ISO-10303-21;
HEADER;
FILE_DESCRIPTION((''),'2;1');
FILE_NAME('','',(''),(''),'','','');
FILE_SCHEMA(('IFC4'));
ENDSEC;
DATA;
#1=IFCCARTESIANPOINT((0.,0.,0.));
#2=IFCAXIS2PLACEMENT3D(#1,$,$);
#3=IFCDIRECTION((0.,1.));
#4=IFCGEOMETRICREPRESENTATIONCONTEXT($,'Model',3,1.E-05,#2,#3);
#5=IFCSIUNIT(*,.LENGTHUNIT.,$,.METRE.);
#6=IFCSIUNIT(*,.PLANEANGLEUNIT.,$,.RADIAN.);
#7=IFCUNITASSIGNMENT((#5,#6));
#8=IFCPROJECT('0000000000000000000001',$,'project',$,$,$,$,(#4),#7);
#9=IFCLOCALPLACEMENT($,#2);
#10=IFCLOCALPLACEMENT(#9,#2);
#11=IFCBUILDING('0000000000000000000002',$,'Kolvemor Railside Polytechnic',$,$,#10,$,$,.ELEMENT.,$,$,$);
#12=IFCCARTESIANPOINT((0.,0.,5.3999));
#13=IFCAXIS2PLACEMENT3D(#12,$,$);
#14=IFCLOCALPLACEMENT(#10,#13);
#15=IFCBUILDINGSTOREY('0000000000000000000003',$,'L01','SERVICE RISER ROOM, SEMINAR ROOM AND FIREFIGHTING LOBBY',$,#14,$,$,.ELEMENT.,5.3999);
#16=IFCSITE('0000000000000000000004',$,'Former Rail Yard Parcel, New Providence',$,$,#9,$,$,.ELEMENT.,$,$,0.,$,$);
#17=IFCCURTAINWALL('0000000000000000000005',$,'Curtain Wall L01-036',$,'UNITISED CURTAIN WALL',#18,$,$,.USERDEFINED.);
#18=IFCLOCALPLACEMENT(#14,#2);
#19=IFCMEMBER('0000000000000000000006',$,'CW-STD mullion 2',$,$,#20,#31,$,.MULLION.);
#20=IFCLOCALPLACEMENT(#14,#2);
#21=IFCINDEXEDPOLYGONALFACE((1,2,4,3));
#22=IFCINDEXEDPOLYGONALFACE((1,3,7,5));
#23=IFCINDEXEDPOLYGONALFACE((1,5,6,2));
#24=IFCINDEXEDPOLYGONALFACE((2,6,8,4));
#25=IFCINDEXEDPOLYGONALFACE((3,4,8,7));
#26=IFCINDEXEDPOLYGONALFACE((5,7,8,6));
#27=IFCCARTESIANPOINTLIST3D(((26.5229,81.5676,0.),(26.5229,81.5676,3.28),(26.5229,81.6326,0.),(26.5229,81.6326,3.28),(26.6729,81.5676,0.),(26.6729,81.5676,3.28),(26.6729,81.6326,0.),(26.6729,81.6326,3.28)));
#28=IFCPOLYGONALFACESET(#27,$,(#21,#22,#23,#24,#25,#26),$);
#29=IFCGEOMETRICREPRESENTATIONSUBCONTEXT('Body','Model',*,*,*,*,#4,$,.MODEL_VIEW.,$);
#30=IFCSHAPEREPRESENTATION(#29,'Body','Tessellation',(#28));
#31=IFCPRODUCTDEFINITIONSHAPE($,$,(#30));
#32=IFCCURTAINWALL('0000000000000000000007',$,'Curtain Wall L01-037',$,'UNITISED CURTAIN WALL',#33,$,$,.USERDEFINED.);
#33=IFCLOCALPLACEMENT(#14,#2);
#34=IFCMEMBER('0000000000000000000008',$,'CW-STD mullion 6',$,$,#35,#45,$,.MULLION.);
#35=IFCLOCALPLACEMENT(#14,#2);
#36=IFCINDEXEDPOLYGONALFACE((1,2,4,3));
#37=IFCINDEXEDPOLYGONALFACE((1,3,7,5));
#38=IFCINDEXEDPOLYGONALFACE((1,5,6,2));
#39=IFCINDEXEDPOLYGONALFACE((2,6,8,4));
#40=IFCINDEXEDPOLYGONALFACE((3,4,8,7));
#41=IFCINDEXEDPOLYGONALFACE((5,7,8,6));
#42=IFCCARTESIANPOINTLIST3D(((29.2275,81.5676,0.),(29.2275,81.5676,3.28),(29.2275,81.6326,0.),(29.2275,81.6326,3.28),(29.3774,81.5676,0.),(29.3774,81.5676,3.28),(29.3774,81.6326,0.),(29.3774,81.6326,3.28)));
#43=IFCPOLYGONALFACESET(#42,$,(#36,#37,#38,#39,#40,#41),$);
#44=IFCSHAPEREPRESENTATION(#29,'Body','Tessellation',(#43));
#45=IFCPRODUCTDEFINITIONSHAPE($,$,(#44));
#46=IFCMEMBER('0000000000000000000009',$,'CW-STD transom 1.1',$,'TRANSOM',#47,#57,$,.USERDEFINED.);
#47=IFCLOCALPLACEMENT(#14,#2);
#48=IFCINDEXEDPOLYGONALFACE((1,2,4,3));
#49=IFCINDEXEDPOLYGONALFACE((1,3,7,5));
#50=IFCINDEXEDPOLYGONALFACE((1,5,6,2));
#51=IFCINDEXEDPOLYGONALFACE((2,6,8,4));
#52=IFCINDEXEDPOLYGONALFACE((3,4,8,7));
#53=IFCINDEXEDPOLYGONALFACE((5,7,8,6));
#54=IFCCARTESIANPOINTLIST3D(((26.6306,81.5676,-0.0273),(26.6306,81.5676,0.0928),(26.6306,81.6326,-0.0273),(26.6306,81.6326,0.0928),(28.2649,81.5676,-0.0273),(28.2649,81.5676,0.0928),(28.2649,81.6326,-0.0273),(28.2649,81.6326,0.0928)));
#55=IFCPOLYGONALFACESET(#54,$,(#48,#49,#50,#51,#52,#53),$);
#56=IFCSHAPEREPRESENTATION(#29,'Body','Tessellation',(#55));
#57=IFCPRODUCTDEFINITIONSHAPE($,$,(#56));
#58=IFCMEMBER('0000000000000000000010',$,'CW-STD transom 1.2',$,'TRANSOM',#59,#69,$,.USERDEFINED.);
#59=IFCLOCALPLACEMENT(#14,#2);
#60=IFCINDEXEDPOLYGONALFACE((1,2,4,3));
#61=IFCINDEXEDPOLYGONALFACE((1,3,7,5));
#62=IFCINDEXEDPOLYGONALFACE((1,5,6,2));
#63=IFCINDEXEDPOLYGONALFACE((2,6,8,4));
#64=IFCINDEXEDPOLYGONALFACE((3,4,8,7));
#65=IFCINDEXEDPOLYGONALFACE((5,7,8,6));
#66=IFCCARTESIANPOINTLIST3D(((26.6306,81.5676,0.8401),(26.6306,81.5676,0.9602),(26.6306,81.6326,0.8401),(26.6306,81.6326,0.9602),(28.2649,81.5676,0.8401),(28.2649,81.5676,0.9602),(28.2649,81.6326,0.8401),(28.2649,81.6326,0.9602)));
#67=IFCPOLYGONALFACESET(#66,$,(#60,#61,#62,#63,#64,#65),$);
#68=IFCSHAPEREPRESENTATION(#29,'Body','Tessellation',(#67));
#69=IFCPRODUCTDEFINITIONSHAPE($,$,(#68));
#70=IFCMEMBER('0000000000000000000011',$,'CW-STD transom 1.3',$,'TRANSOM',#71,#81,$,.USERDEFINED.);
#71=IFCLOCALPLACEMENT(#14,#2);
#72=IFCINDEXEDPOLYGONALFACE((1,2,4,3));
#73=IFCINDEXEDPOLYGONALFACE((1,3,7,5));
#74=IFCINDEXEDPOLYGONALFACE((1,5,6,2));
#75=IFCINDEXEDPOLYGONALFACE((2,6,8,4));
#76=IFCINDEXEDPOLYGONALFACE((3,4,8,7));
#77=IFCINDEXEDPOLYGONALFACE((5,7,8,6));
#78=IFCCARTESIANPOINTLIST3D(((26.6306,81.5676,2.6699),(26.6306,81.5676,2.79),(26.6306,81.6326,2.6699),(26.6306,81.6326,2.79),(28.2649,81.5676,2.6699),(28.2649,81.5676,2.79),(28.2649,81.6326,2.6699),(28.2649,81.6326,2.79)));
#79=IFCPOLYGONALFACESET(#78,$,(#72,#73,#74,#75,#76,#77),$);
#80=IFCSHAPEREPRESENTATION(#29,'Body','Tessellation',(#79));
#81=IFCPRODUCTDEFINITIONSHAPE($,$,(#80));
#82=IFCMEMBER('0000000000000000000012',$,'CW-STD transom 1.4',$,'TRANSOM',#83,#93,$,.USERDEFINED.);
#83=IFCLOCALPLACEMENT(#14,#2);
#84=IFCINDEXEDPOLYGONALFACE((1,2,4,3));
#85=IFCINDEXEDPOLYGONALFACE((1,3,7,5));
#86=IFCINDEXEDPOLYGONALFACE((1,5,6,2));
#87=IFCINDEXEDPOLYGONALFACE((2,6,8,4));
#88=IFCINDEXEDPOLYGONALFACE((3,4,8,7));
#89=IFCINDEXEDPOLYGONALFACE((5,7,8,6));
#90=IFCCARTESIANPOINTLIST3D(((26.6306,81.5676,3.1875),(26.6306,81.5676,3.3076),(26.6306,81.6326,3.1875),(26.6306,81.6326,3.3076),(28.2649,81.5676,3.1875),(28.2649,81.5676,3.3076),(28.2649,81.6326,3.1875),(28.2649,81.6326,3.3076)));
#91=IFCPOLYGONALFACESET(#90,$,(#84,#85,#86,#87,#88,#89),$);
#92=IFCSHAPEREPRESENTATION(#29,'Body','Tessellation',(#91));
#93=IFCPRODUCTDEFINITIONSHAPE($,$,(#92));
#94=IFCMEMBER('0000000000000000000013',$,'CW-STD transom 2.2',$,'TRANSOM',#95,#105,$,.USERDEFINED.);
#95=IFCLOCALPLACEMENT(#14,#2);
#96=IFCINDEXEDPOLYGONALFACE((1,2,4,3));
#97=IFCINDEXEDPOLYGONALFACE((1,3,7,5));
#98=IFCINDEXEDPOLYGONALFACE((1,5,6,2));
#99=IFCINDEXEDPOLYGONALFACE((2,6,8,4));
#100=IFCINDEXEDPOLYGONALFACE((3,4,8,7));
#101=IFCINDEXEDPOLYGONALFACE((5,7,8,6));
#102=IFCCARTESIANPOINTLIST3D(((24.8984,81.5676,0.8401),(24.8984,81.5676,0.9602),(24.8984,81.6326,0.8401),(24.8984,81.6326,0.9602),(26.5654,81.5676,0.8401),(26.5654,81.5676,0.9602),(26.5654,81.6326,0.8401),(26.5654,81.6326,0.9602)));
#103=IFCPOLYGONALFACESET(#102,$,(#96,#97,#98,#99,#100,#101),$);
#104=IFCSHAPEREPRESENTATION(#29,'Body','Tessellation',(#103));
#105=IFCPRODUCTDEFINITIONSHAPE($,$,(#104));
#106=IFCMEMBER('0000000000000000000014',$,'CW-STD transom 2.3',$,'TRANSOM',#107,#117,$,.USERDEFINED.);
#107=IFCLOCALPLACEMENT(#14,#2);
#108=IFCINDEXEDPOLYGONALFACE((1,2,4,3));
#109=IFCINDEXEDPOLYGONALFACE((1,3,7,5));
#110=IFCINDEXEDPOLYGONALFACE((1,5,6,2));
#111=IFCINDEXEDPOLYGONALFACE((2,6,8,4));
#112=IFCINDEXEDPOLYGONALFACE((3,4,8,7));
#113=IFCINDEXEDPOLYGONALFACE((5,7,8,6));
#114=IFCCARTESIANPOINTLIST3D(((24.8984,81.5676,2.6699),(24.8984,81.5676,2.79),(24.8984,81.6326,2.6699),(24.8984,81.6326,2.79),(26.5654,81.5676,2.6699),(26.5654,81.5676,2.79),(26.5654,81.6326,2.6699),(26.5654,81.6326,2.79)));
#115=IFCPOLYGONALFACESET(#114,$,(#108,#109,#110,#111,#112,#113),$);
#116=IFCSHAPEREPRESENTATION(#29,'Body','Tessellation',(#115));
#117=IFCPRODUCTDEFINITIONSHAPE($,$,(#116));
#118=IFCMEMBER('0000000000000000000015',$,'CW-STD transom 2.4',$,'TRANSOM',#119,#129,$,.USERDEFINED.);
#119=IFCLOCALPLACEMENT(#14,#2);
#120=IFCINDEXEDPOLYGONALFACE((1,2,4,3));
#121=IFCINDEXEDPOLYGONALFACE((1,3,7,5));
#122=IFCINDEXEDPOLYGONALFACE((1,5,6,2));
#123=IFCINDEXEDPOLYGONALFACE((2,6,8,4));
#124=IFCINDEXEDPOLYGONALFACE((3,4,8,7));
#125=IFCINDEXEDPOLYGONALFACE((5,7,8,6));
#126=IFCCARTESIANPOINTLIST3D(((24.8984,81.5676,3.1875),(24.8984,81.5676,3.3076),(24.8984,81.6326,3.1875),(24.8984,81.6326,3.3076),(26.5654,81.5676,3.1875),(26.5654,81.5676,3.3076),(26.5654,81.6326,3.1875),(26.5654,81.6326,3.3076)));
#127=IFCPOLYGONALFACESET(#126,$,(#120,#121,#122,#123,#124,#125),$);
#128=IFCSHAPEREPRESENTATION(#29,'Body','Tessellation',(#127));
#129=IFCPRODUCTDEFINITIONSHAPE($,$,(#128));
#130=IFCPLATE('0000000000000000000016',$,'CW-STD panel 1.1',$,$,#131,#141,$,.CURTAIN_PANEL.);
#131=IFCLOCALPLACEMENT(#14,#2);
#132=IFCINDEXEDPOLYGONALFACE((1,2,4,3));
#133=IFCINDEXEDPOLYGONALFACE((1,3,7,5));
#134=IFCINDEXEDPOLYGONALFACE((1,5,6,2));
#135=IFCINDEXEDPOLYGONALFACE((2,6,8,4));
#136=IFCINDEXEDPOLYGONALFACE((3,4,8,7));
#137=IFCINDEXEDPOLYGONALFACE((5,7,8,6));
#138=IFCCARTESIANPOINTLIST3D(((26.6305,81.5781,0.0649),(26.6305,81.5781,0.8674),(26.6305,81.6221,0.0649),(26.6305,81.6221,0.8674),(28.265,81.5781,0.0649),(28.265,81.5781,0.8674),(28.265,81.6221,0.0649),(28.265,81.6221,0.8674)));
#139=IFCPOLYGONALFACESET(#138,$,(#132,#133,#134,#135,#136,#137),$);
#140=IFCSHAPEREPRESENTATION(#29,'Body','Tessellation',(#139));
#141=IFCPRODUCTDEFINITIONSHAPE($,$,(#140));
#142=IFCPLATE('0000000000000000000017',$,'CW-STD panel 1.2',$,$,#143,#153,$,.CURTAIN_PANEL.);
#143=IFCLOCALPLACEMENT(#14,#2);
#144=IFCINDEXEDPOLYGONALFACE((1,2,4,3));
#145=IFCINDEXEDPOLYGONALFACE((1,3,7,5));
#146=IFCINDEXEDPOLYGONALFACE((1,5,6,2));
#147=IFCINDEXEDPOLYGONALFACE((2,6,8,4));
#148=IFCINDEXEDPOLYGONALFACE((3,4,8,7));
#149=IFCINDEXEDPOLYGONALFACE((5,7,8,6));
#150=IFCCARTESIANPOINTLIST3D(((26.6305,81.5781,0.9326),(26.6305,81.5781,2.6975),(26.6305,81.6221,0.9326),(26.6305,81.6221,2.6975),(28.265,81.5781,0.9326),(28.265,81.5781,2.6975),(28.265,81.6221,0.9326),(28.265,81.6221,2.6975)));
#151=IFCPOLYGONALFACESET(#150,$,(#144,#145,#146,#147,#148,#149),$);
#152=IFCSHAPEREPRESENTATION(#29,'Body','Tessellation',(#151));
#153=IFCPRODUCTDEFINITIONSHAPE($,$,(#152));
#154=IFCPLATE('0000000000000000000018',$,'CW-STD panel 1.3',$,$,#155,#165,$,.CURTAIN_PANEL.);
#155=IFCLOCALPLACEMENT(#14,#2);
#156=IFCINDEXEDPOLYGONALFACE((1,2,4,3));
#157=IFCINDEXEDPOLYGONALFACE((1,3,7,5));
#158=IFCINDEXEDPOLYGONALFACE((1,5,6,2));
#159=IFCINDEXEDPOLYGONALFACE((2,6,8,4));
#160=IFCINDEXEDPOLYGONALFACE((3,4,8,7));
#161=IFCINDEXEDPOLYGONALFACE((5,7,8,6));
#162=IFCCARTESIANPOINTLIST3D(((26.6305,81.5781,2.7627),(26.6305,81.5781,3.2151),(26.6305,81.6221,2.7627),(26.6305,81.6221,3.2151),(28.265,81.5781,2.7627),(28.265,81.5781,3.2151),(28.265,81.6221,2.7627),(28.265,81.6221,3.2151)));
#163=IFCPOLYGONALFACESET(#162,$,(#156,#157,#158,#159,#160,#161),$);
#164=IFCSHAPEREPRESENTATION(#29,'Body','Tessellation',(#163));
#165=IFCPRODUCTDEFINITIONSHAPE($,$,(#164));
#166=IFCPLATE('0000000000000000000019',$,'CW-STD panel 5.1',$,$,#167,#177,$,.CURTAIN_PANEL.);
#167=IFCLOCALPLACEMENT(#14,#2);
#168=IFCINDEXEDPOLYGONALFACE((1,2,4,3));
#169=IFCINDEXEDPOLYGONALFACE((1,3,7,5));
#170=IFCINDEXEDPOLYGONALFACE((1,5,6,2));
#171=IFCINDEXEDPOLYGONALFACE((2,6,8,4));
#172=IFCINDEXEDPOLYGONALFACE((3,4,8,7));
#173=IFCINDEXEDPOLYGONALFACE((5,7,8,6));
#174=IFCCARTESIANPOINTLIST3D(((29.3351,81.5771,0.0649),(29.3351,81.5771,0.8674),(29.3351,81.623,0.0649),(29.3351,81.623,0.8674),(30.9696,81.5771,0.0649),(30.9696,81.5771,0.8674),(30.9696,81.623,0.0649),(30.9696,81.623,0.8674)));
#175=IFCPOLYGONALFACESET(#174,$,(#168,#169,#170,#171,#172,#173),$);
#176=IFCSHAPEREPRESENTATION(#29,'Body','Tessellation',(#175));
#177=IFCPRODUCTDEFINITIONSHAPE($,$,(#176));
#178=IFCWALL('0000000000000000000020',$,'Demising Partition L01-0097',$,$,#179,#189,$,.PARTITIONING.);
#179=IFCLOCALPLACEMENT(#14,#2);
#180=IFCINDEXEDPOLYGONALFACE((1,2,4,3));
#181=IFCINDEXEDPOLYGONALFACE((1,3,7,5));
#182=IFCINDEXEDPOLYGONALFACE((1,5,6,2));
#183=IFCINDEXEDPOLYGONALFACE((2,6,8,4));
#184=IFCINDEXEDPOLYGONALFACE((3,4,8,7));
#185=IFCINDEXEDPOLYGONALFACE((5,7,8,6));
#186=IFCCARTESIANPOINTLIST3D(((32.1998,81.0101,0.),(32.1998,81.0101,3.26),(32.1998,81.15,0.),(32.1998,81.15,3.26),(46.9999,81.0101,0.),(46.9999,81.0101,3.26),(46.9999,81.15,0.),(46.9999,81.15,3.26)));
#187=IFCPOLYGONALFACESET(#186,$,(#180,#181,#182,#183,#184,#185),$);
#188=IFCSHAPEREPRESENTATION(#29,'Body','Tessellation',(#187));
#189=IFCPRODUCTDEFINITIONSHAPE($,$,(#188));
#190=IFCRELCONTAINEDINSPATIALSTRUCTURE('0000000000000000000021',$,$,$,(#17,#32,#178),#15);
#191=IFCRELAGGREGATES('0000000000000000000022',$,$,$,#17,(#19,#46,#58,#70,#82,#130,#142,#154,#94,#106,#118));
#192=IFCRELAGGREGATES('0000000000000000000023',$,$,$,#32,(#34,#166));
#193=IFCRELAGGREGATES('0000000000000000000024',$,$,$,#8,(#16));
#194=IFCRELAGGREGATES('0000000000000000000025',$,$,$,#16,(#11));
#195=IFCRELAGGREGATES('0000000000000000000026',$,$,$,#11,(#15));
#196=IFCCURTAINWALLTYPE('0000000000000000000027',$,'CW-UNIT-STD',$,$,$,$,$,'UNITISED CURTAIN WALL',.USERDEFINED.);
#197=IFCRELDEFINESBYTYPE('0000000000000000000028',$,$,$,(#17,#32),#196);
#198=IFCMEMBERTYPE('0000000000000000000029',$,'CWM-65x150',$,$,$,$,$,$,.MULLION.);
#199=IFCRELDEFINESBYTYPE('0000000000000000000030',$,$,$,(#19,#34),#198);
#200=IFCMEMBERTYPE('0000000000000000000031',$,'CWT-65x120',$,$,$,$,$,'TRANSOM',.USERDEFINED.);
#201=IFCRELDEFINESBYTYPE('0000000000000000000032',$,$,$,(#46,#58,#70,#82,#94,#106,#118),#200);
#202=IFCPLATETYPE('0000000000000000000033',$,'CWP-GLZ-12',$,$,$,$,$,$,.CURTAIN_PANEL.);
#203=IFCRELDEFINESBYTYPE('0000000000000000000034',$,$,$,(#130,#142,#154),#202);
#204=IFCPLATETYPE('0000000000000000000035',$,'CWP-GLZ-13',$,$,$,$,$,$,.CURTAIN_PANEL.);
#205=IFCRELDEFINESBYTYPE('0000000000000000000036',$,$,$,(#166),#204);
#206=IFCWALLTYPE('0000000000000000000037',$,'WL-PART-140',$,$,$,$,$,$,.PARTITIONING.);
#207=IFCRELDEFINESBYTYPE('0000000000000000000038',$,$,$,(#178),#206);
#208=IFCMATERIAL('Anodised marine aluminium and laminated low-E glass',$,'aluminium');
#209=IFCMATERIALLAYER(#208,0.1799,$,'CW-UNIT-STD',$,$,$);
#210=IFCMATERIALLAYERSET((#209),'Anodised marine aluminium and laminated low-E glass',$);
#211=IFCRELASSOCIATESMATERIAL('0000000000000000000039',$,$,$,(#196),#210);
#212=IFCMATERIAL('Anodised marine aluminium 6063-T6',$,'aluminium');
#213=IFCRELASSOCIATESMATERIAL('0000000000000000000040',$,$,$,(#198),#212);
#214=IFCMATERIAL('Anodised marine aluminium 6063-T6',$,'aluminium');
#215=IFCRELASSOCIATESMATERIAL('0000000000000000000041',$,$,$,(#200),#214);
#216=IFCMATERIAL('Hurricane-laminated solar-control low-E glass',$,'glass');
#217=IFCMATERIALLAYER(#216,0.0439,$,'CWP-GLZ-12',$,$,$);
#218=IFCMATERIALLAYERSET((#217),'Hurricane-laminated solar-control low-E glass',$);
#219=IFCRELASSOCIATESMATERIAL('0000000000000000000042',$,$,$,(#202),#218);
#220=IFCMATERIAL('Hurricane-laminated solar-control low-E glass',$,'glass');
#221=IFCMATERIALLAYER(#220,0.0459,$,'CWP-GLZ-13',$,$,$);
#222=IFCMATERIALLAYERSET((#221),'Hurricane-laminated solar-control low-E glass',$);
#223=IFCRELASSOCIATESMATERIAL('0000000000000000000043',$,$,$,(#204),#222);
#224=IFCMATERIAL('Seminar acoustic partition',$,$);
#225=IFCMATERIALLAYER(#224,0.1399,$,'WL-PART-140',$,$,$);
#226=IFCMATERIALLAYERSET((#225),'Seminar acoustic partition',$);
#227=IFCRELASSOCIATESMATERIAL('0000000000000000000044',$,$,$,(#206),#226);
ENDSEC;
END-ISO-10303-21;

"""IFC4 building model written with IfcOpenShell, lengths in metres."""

from ifc_helpers import new_model, si_unit, direction, frame, frame_2d, origin, origin_2d, place, context, subcontext, project, spatial, rectangle, extrude, material, layer, layer_set, material_profile, profile_set, type_object, element, aggregate, save


model = new_model("IFC4")

# Units and contexts
model_context = context("Model", 3, precision=1e-05, world=origin(), true_north=direction((0.0, 1.0)))
body_context = subcontext(model_context, "Body", "Model", "MODEL_VIEW")
ifc_project = project(units=[si_unit("LENGTHUNIT", "METRE"), si_unit("PLANEANGLEUNIT", "RADIAN")], contexts=[model_context])

# Site, building, storey
site_placement = place(None, origin())
site = spatial("IfcSite", under=ifc_project, at=site_placement, Name="Former Rail Yard Parcel, New Providence", CompositionType="ELEMENT", RefElevation=0.0)
building_placement = place(site_placement, origin())
building = spatial("IfcBuilding", under=site, at=building_placement, Name="Kolvemor Railside Polytechnic", CompositionType="ELEMENT")
storey_placement = place(building_placement, frame((0.0, 0.0, 5.3999)))
storey = spatial("IfcBuildingStorey", under=building, at=storey_placement, Name="L01", Description="SERVICE RISER ROOM, SEMINAR ROOM AND FIREFIGHTING LOBBY", CompositionType="ELEMENT", Elevation=5.3999)

# Curtain wall, member
ifc_material_1 = material(Name="Anodised marine aluminium and laminated low-E glass", Category="aluminium")
ifc_layer_1 = layer(ifc_material_1, 0.1799, Name="CW-UNIT-STD")
ifc_layer_set_1 = layer_set([ifc_layer_1], Name="Anodised marine aluminium and laminated low-E glass")
curtain_wall_type = type_object("IfcCurtainWallType", Name="CW-UNIT-STD", ElementType="UNITISED CURTAIN WALL", PredefinedType="USERDEFINED", material=ifc_layer_set_1)
curtain_wall_1_placement = place(storey_placement, origin())
curtain_wall_1 = element("IfcCurtainWall", 1, at=curtain_wall_1_placement, inside=storey, type_object=curtain_wall_type, Name="Curtain Wall L01-036", ObjectType="UNITISED CURTAIN WALL", PredefinedType="USERDEFINED")
ifc_material_2 = material(Name="Anodised marine aluminium 6063-T6", Category="aluminium")
ifc_material_profile_1 = material_profile(ifc_material_2, rectangle(XDim=0.0649, YDim=0.1499, at=origin_2d()), Name="CW-MUL-65x150")
ifc_profile_set_1 = profile_set([ifc_material_profile_1], Name="Anodised marine aluminium 6063-T6")
member_type_1 = type_object("IfcMemberType", Name="CWM-65x150", PredefinedType="MULLION", material=ifc_profile_set_1)
member_1_placement = place(storey_placement, frame((26.5979, 81.6001, 0.0), z_axis=(0.0, 0.0, 1.0), x_axis=(0.0, -1.0, 0.0)))
member_1 = element("IfcMember", 2, at=member_1_placement, type_object=member_type_1, Name="CW-STD mullion 2", PredefinedType="MULLION", context=body_context, shape_type="SweptSolid", body=[
    extrude(rectangle(XDim=0.0649, YDim=0.1499, at=origin_2d()), origin(), (0.0, 0.0, 1.0), 3.28),
])

# Curtain wall, member
curtain_wall_2_placement = place(storey_placement, origin())
curtain_wall_2 = element("IfcCurtainWall", 3, at=curtain_wall_2_placement, inside=storey, type_object=curtain_wall_type, Name="Curtain Wall L01-037", ObjectType="UNITISED CURTAIN WALL", PredefinedType="USERDEFINED")
member_2_placement = place(storey_placement, frame((29.3025, 81.6001, 0.0), z_axis=(0.0, 0.0, 1.0), x_axis=(0.0, -1.0, 0.0)))
member_2 = element("IfcMember", 4, at=member_2_placement, type_object=member_type_1, Name="CW-STD mullion 6", PredefinedType="MULLION", context=body_context, shape_type="SweptSolid", body=[
    extrude(rectangle(XDim=0.0649, YDim=0.1499, at=origin_2d()), origin(), (0.0, 0.0, 1.0), 3.28),
])

# Members
ifc_material_3 = material(Name="Anodised marine aluminium 6063-T6", Category="aluminium")
ifc_material_profile_2 = material_profile(ifc_material_3, rectangle(XDim=0.0649, YDim=0.1201, at=origin_2d()), Name="CW-TRN-65x120")
ifc_profile_set_2 = profile_set([ifc_material_profile_2], Name="Anodised marine aluminium 6063-T6")
member_type_2 = type_object("IfcMemberType", Name="CWT-65x120", ElementType="TRANSOM", PredefinedType="USERDEFINED", material=ifc_profile_set_2)
member_3_placement = place(storey_placement, frame((28.2649, 81.6001, 0.0327), z_axis=(-1.0, 0.0, 0.0), x_axis=(0.0, -1.0, 0.0)))
member_3 = element("IfcMember", 5, at=member_3_placement, type_object=member_type_2, Name="CW-STD transom 1.1", ObjectType="TRANSOM", PredefinedType="USERDEFINED", context=body_context, shape_type="SweptSolid", body=[
    extrude(rectangle(XDim=0.0649, YDim=0.1201, at=origin_2d()), origin(), (0.0, 0.0, 1.0), 1.6343),
])
member_4_placement = place(storey_placement, frame((28.2649, 81.6001, 0.9001), z_axis=(-1.0, 0.0, 0.0), x_axis=(0.0, -1.0, 0.0)))
member_4 = element("IfcMember", 6, at=member_4_placement, type_object=member_type_2, Name="CW-STD transom 1.2", ObjectType="TRANSOM", PredefinedType="USERDEFINED", context=body_context, shape_type="SweptSolid", body=[
    extrude(rectangle(XDim=0.0649, YDim=0.1201, at=origin_2d()), origin(), (0.0, 0.0, 1.0), 1.6343),
])
member_5_placement = place(storey_placement, frame((28.2649, 81.6001, 2.73), z_axis=(-1.0, 0.0, 0.0), x_axis=(0.0, -1.0, 0.0)))
member_5 = element("IfcMember", 7, at=member_5_placement, type_object=member_type_2, Name="CW-STD transom 1.3", ObjectType="TRANSOM", PredefinedType="USERDEFINED", context=body_context, shape_type="SweptSolid", body=[
    extrude(rectangle(XDim=0.0649, YDim=0.1201, at=origin_2d()), origin(), (0.0, 0.0, 1.0), 1.6343),
])
member_6_placement = place(storey_placement, frame((28.2649, 81.6001, 3.2476), z_axis=(-1.0, 0.0, 0.0), x_axis=(0.0, -1.0, 0.0)))
member_6 = element("IfcMember", 8, at=member_6_placement, type_object=member_type_2, Name="CW-STD transom 1.4", ObjectType="TRANSOM", PredefinedType="USERDEFINED", context=body_context, shape_type="SweptSolid", body=[
    extrude(rectangle(XDim=0.0649, YDim=0.1201, at=origin_2d()), origin(), (0.0, 0.0, 1.0), 1.6343),
])
member_7_placement = place(storey_placement, frame((26.5654, 81.6001, 0.9001), z_axis=(-1.0, 0.0, 0.0), x_axis=(0.0, -1.0, 0.0)))
member_7 = element("IfcMember", 9, at=member_7_placement, type_object=member_type_2, Name="CW-STD transom 2.2", ObjectType="TRANSOM", PredefinedType="USERDEFINED", context=body_context, shape_type="SweptSolid", body=[
    extrude(rectangle(XDim=0.0649, YDim=0.1201, at=origin_2d()), origin(), (0.0, 0.0, 1.0), 1.667),
])
member_8_placement = place(storey_placement, frame((26.5654, 81.6001, 2.73), z_axis=(-1.0, 0.0, 0.0), x_axis=(0.0, -1.0, 0.0)))
member_8 = element("IfcMember", 10, at=member_8_placement, type_object=member_type_2, Name="CW-STD transom 2.3", ObjectType="TRANSOM", PredefinedType="USERDEFINED", context=body_context, shape_type="SweptSolid", body=[
    extrude(rectangle(XDim=0.0649, YDim=0.1201, at=origin_2d()), origin(), (0.0, 0.0, 1.0), 1.667),
])
member_9_placement = place(storey_placement, frame((26.5654, 81.6001, 3.2476), z_axis=(-1.0, 0.0, 0.0), x_axis=(0.0, -1.0, 0.0)))
member_9 = element("IfcMember", 11, at=member_9_placement, type_object=member_type_2, Name="CW-STD transom 2.4", ObjectType="TRANSOM", PredefinedType="USERDEFINED", context=body_context, shape_type="SweptSolid", body=[
    extrude(rectangle(XDim=0.0649, YDim=0.1201, at=origin_2d()), origin(), (0.0, 0.0, 1.0), 1.667),
])

# Plates
ifc_material_4 = material(Name="Hurricane-laminated solar-control low-E glass", Category="glass")
ifc_layer_2 = layer(ifc_material_4, 0.0439, Name="CWP-GLZ-12")
ifc_layer_set_2 = layer_set([ifc_layer_2], Name="Hurricane-laminated solar-control low-E glass")
plate_type_1 = type_object("IfcPlateType", Name="CWP-GLZ-12", PredefinedType="CURTAIN_PANEL", material=ifc_layer_set_2)
plate_1_placement = place(storey_placement, frame((27.4478, 81.6001, 0.0649), z_axis=(0.0, 0.0, 1.0), x_axis=(-1.0, 0.0, 0.0)))
plate_1 = element("IfcPlate", 12, at=plate_1_placement, type_object=plate_type_1, Name="CW-STD panel 1.1", PredefinedType="CURTAIN_PANEL", context=body_context, shape_type="SweptSolid", body=[
    extrude(rectangle(XDim=1.6345, YDim=0.0439, at=origin_2d()), origin(), (0.0, 0.0, 1.0), 0.8025),
])
plate_2_placement = place(storey_placement, frame((27.4478, 81.6001, 0.9326), z_axis=(0.0, 0.0, 1.0), x_axis=(-1.0, 0.0, 0.0)))
plate_2 = element("IfcPlate", 13, at=plate_2_placement, type_object=plate_type_1, Name="CW-STD panel 1.2", PredefinedType="CURTAIN_PANEL", context=body_context, shape_type="SweptSolid", body=[
    extrude(rectangle(XDim=1.6345, YDim=0.0439, at=origin_2d()), origin(), (0.0, 0.0, 1.0), 1.7649),
])
plate_3_placement = place(storey_placement, frame((27.4478, 81.6001, 2.7627), z_axis=(0.0, 0.0, 1.0), x_axis=(-1.0, 0.0, 0.0)))
plate_3 = element("IfcPlate", 14, at=plate_3_placement, type_object=plate_type_1, Name="CW-STD panel 1.3", PredefinedType="CURTAIN_PANEL", context=body_context, shape_type="SweptSolid", body=[
    extrude(rectangle(XDim=1.6345, YDim=0.0439, at=origin_2d()), origin(), (0.0, 0.0, 1.0), 0.4524),
])
aggregate(curtain_wall_1, [member_1, member_3, member_4, member_5, member_6, plate_1, plate_2, plate_3, member_7, member_8, member_9])
ifc_material_5 = material(Name="Hurricane-laminated solar-control low-E glass", Category="glass")
ifc_layer_3 = layer(ifc_material_5, 0.0459, Name="CWP-GLZ-13")
ifc_layer_set_3 = layer_set([ifc_layer_3], Name="Hurricane-laminated solar-control low-E glass")
plate_type_2 = type_object("IfcPlateType", Name="CWP-GLZ-13", PredefinedType="CURTAIN_PANEL", material=ifc_layer_set_3)
plate_4_placement = place(storey_placement, frame((30.1523, 81.6001, 0.0649), z_axis=(0.0, 0.0, 1.0), x_axis=(-1.0, 0.0, 0.0)))
plate_4 = element("IfcPlate", 15, at=plate_4_placement, type_object=plate_type_2, Name="CW-STD panel 5.1", PredefinedType="CURTAIN_PANEL", context=body_context, shape_type="SweptSolid", body=[
    extrude(rectangle(XDim=1.6345, YDim=0.0459, at=origin_2d()), origin(), (0.0, 0.0, 1.0), 0.8025),
])
aggregate(curtain_wall_2, [member_2, plate_4])

# Wall
ifc_material_6 = material(Name="Seminar acoustic partition")
ifc_layer_4 = layer(ifc_material_6, 0.1399, Name="WL-PART-140")
ifc_layer_set_4 = layer_set([ifc_layer_4], Name="Seminar acoustic partition")
wall_type = type_object("IfcWallType", Name="WL-PART-140", PredefinedType="PARTITIONING", material=ifc_layer_set_4)
wall_placement = place(storey_placement, frame((32.2, 81.0801, 0.0), z_axis=(0.0, 0.0, 1.0), x_axis=(1.0, 0.0, 0.0)))
element("IfcWall", 16, at=wall_placement, inside=storey, type_object=wall_type, Name="Demising Partition L01-0097", PredefinedType="PARTITIONING", context=body_context, shape_type="SweptSolid", body=[
    extrude(rectangle(XDim=14.8, YDim=0.1399, at=frame_2d((7.3999, 0.0))), origin(), (0.0, 0.0, 1.0), 3.26),
])

save(model, "model.ifc")
